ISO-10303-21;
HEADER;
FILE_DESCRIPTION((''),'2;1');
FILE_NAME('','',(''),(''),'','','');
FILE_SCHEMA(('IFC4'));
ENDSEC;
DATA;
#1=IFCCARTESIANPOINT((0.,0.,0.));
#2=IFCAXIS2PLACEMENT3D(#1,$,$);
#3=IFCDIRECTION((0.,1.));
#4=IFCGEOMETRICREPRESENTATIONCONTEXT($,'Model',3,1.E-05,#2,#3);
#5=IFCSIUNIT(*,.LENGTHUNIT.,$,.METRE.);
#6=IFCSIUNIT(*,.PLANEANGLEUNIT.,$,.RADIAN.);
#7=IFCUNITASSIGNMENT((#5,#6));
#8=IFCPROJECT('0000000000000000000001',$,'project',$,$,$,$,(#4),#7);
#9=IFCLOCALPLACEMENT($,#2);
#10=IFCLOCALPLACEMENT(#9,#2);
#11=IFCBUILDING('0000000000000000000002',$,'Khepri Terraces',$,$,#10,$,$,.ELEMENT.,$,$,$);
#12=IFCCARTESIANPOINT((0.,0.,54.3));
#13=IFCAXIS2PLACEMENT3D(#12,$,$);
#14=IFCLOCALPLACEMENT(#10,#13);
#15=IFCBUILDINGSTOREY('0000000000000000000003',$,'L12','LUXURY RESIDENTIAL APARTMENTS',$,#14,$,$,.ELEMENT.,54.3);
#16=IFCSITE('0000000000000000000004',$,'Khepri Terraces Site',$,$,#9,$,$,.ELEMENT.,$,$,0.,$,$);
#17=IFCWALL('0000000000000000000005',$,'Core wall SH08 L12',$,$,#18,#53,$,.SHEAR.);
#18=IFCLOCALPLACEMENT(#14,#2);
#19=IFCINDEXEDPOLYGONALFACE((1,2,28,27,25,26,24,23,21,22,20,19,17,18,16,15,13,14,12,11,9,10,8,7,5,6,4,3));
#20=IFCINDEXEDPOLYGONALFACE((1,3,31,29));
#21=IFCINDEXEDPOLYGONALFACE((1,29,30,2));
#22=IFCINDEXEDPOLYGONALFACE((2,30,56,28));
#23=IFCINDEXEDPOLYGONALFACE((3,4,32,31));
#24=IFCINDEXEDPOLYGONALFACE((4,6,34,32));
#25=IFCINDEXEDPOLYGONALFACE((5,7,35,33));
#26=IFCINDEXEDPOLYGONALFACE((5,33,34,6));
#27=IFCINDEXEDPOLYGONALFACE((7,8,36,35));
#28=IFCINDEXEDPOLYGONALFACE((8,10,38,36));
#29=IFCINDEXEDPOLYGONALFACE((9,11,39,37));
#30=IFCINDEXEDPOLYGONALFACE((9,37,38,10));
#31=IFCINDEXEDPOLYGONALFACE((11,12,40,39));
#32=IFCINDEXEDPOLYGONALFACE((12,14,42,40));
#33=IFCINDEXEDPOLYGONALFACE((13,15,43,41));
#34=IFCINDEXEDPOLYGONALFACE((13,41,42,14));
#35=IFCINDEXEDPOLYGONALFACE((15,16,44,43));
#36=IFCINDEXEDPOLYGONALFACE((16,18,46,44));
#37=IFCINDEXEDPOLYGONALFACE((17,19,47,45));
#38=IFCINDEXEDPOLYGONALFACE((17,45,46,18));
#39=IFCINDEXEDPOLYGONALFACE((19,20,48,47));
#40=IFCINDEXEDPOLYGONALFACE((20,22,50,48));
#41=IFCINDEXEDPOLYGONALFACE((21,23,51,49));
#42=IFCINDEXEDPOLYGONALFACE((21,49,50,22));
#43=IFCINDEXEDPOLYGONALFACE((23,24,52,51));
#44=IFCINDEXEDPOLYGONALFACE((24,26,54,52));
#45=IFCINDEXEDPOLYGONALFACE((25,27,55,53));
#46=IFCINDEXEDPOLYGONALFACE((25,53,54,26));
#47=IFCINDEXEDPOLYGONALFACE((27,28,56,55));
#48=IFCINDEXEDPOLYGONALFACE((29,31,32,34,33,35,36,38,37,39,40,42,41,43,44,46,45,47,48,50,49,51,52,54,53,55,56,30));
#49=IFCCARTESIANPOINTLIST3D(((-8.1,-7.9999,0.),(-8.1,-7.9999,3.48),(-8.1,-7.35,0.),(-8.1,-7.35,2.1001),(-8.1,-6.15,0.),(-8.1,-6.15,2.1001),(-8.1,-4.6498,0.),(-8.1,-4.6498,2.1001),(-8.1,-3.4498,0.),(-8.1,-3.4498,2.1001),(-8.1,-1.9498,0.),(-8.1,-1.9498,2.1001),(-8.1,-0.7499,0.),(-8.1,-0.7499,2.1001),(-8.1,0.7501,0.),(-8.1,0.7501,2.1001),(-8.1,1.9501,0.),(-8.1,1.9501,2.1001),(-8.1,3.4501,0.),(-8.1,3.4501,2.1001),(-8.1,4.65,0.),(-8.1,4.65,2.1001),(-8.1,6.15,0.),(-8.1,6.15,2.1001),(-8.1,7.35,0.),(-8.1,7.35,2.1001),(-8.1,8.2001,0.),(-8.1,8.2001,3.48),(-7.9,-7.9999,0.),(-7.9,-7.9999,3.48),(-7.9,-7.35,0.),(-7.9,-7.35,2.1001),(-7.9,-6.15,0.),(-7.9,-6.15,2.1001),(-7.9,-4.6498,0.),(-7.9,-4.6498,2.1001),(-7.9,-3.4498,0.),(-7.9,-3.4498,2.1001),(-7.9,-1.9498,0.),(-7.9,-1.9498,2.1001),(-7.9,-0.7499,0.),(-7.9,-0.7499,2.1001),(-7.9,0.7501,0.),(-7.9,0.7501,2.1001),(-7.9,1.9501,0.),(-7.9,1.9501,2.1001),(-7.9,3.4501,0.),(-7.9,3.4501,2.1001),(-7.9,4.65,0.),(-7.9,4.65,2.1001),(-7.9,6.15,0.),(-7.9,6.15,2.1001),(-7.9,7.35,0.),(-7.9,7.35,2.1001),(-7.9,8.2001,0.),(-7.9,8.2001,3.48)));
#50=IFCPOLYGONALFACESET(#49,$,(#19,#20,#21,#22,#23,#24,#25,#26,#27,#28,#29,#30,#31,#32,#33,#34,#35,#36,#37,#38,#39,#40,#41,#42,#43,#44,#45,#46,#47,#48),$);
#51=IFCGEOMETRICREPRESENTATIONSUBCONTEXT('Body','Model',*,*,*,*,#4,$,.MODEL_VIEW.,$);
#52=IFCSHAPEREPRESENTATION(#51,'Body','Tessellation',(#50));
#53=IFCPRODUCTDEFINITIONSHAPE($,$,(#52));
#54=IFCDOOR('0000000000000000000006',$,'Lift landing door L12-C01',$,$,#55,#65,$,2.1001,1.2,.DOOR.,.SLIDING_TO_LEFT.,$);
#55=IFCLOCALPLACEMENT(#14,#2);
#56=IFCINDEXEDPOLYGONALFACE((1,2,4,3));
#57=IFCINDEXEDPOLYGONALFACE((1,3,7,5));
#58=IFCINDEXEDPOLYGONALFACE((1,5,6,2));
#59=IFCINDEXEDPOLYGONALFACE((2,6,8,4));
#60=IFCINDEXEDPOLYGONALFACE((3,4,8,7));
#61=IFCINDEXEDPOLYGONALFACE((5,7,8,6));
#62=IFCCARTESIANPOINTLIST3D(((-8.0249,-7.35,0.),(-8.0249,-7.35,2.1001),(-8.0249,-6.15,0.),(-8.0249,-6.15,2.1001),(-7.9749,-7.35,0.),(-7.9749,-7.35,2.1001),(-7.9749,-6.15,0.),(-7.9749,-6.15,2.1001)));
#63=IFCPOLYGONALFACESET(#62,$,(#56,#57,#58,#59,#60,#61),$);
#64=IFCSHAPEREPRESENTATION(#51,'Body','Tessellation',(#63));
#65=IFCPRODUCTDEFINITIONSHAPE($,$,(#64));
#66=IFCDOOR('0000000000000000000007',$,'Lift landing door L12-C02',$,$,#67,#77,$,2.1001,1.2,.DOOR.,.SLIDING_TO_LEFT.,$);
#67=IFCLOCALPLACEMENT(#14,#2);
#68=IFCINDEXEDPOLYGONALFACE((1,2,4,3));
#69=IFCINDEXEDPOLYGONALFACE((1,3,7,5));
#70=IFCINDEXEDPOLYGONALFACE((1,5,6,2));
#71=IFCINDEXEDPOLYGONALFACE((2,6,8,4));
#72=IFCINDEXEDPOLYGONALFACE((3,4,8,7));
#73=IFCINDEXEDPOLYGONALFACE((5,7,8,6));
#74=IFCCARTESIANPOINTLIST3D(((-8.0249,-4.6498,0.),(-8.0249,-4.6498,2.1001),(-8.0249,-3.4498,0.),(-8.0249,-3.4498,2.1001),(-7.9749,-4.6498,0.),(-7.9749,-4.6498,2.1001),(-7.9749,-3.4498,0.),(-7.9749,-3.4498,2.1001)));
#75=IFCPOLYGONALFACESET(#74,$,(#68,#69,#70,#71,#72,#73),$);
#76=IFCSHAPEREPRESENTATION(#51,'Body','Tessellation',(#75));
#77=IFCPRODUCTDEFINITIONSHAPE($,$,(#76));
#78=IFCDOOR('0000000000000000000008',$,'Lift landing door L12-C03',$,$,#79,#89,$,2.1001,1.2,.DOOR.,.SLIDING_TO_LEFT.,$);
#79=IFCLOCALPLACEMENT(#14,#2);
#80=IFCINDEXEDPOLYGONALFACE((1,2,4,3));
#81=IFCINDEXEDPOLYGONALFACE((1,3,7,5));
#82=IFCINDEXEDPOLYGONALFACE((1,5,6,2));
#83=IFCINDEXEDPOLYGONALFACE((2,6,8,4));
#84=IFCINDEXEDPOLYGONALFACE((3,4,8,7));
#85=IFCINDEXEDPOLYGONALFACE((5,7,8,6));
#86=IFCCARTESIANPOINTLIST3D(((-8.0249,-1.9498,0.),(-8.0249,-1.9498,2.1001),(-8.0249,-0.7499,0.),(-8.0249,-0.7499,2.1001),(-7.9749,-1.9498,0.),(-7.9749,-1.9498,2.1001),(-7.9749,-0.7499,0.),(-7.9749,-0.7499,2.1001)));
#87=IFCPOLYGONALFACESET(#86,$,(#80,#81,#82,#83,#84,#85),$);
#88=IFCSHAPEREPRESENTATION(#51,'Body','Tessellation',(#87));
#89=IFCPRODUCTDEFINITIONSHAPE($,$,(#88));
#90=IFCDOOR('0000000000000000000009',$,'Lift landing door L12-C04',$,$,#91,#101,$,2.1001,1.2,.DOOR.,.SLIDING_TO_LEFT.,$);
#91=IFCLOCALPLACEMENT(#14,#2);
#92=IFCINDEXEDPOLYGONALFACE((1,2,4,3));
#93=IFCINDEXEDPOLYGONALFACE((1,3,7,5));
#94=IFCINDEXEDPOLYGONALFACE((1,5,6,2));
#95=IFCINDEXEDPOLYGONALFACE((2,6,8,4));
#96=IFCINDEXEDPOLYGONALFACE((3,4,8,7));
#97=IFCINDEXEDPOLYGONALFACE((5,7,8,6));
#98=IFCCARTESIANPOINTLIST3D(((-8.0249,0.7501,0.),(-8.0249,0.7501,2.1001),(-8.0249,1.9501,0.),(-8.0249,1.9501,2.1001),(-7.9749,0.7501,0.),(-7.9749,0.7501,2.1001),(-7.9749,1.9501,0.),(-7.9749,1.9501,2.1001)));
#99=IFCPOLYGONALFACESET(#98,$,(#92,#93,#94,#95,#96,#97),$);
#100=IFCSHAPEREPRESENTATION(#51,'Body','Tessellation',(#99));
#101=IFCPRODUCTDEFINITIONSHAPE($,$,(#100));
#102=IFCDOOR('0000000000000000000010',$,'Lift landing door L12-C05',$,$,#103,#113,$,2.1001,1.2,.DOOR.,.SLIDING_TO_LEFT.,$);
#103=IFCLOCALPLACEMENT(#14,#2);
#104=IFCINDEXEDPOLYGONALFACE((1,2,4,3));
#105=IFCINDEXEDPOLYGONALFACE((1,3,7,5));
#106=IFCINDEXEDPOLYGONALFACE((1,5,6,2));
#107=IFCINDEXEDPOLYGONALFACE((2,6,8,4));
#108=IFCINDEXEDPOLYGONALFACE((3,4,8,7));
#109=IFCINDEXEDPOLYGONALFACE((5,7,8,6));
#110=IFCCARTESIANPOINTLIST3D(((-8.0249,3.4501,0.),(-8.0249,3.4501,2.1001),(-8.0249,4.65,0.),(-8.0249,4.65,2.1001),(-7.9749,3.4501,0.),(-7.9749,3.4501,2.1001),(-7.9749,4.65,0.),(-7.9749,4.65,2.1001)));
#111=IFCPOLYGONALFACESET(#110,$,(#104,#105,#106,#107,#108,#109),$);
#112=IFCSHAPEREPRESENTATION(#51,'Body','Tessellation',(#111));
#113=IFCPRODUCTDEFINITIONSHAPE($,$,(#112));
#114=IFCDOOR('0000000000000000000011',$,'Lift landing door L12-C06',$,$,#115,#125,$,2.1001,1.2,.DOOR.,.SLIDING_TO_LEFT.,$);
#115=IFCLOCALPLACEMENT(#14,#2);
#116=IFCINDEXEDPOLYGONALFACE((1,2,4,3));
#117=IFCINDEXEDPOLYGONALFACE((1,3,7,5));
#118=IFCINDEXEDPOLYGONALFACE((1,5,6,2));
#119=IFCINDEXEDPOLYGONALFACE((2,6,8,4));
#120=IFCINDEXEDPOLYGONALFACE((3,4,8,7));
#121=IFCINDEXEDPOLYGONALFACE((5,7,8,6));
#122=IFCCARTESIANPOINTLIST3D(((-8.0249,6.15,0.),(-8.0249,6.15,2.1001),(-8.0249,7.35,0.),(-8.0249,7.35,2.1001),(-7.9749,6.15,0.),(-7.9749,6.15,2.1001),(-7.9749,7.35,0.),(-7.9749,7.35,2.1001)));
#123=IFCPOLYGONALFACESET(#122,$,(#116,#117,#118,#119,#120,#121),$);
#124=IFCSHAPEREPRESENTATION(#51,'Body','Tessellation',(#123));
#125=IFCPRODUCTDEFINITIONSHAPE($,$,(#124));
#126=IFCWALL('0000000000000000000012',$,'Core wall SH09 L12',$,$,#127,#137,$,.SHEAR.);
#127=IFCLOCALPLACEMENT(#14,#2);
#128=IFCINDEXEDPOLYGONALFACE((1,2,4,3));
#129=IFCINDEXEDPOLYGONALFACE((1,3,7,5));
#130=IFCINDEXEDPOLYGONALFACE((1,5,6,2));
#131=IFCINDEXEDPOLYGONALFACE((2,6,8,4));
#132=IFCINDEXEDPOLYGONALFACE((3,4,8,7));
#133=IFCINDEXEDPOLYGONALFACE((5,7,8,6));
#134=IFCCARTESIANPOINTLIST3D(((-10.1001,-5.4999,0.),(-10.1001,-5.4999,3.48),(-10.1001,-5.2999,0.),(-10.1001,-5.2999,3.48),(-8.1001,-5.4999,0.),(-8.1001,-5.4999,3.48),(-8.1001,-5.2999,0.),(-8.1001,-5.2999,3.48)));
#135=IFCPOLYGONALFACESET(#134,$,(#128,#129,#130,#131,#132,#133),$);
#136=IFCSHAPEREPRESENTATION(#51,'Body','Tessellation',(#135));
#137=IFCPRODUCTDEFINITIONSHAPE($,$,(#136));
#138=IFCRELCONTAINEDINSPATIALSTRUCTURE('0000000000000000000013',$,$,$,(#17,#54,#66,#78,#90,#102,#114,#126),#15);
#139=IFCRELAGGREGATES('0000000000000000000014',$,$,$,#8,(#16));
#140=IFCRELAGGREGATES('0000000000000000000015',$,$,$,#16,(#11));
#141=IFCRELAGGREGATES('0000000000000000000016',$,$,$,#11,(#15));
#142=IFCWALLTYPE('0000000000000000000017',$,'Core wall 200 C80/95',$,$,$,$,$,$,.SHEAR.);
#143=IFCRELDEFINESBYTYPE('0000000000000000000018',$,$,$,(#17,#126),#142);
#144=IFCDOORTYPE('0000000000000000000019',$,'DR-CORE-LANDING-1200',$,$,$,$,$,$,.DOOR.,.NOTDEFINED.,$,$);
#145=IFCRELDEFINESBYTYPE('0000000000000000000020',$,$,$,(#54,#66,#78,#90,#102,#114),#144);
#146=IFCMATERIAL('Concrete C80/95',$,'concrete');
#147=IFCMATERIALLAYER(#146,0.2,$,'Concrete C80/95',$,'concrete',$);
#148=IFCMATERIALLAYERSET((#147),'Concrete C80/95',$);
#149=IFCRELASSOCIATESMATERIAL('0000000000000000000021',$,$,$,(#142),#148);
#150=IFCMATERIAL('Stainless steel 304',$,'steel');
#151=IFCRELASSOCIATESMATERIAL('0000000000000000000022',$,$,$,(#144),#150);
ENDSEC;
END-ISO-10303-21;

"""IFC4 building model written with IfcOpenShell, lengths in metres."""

from ifc_helpers import new_model, si_unit, direction, frame, frame_2d, origin, place, context, subcontext, project, spatial, rectangle, extrude, material, layer, layer_set, type_object, element, fill, save


model = new_model("IFC4")

# Units and contexts
model_context = context("Model", 3, precision=1e-05, world=origin(), true_north=direction((0.0, 1.0)))
body_context = subcontext(model_context, "Body", "Model", "MODEL_VIEW")
ifc_project = project(units=[si_unit("LENGTHUNIT", "METRE"), si_unit("PLANEANGLEUNIT", "RADIAN")], contexts=[model_context])

# Site, building, storey
site_placement = place(None, origin())
site = spatial("IfcSite", under=ifc_project, at=site_placement, Name="Khepri Terraces Site", CompositionType="ELEMENT", RefElevation=0.0)
building_placement = place(site_placement, origin())
building = spatial("IfcBuilding", under=site, at=building_placement, Name="Khepri Terraces", CompositionType="ELEMENT")
storey_placement = place(building_placement, frame((0.0, 0.0, 54.3)))
storey = spatial("IfcBuildingStorey", under=building, at=storey_placement, Name="L12", Description="LUXURY RESIDENTIAL APARTMENTS", CompositionType="ELEMENT", Elevation=54.3)

# Shared definitions
ifc_material_1 = material(Name="Concrete C80/95", Category="concrete")
ifc_layer_1 = layer(ifc_material_1, 0.2, Name="Concrete C80/95", Category="concrete")
ifc_layer_set_1 = layer_set([ifc_layer_1], Name="Concrete C80/95")
wall_type_1 = type_object("IfcWallType", Name="Core wall 200 C80/95", PredefinedType="SHEAR", material=ifc_layer_set_1)

# Wall, openings, doors
wall_1_placement = place(storey_placement, frame((-8.0, -8.0, 0.0), z_axis=(0.0, 0.0, 1.0), x_axis=(0.0, 1.0, 0.0)))
wall_1 = element("IfcWall", 1, at=wall_1_placement, inside=storey, type_object=wall_type_1, Name="Core wall SH08 L12", PredefinedType="SHEAR", context=body_context, shape_type="SweptSolid", body=[
    extrude(rectangle(XDim=16.2, YDim=0.2, at=frame_2d((8.1001, 0.0))), origin(), (0.0, 0.0, 1.0), 3.48),
])
opening_1_placement = place(wall_1_placement, frame((0.6499, 0.0, 0.0)))
opening_1 = element("IfcOpeningElement", 2, at=opening_1_placement, cuts=wall_1, PredefinedType="OPENING", context=body_context, shape_type="SweptSolid", body=[
    extrude(rectangle(XDim=1.2, YDim=2.1001, at=frame_2d((0.6001, 1.05))), frame((0.0, 0.1099, 0.0), z_axis=(0.0, -1.0, 0.0), x_axis=(1.0, 0.0, 0.0)), (0.0, 0.0, 1.0), 0.22),
])
opening_2_placement = place(wall_1_placement, frame((3.3501, 0.0, 0.0)))
opening_2 = element("IfcOpeningElement", 3, at=opening_2_placement, cuts=wall_1, PredefinedType="OPENING", context=body_context, shape_type="SweptSolid", body=[
    extrude(rectangle(XDim=1.2, YDim=2.1001, at=frame_2d((0.6001, 1.05))), frame((0.0, 0.1099, 0.0), z_axis=(0.0, -1.0, 0.0), x_axis=(1.0, 0.0, 0.0)), (0.0, 0.0, 1.0), 0.22),
])
opening_3_placement = place(wall_1_placement, frame((6.05, 0.0, 0.0)))
opening_3 = element("IfcOpeningElement", 4, at=opening_3_placement, cuts=wall_1, PredefinedType="OPENING", context=body_context, shape_type="SweptSolid", body=[
    extrude(rectangle(XDim=1.2, YDim=2.1001, at=frame_2d((0.6001, 1.05))), frame((0.0, 0.1099, 0.0), z_axis=(0.0, -1.0, 0.0), x_axis=(1.0, 0.0, 0.0)), (0.0, 0.0, 1.0), 0.22),
])
opening_4_placement = place(wall_1_placement, frame((8.75, 0.0, 0.0)))
opening_4 = element("IfcOpeningElement", 5, at=opening_4_placement, cuts=wall_1, PredefinedType="OPENING", context=body_context, shape_type="SweptSolid", body=[
    extrude(rectangle(XDim=1.2, YDim=2.1001, at=frame_2d((0.6001, 1.05))), frame((0.0, 0.1099, 0.0), z_axis=(0.0, -1.0, 0.0), x_axis=(1.0, 0.0, 0.0)), (0.0, 0.0, 1.0), 0.22),
])
opening_5_placement = place(wall_1_placement, frame((11.45, 0.0, 0.0)))
opening_5 = element("IfcOpeningElement", 6, at=opening_5_placement, cuts=wall_1, PredefinedType="OPENING", context=body_context, shape_type="SweptSolid", body=[
    extrude(rectangle(XDim=1.2, YDim=2.1001, at=frame_2d((0.6001, 1.05))), frame((0.0, 0.1099, 0.0), z_axis=(0.0, -1.0, 0.0), x_axis=(1.0, 0.0, 0.0)), (0.0, 0.0, 1.0), 0.22),
])
opening_6_placement = place(wall_1_placement, frame((14.1499, 0.0, 0.0)))
opening_6 = element("IfcOpeningElement", 7, at=opening_6_placement, cuts=wall_1, PredefinedType="OPENING", context=body_context, shape_type="SweptSolid", body=[
    extrude(rectangle(XDim=1.2, YDim=2.1001, at=frame_2d((0.6001, 1.05))), frame((0.0, 0.1099, 0.0), z_axis=(0.0, -1.0, 0.0), x_axis=(1.0, 0.0, 0.0)), (0.0, 0.0, 1.0), 0.22),
])
ifc_material_2 = material(Name="Stainless steel 304", Category="steel")
door_type_1 = type_object("IfcDoorType", Name="DR-CORE-LANDING-1200", OperationType="NOTDEFINED", PredefinedType="DOOR", material=ifc_material_2)
door_1_placement = place(opening_1_placement, origin())
door_1 = element("IfcDoor", 8, at=door_1_placement, inside=storey, type_object=door_type_1, Name="Lift landing door L12-C01", OperationType="SLIDING_TO_LEFT", OverallHeight=2.1001, OverallWidth=1.2, PredefinedType="DOOR", context=body_context, shape_type="SweptSolid", body=[
    extrude(rectangle(XDim=1.2, YDim=2.1001, at=frame_2d((0.6001, 1.05))), frame((0.0, 0.0249, 0.0), z_axis=(0.0, -1.0, 0.0), x_axis=(1.0, 0.0, 0.0)), (0.0, 0.0, 1.0), 0.05),
])
fill(opening_1, door_1)
door_2_placement = place(opening_2_placement, origin())
door_2 = element("IfcDoor", 9, at=door_2_placement, inside=storey, type_object=door_type_1, Name="Lift landing door L12-C02", OperationType="SLIDING_TO_LEFT", OverallHeight=2.1001, OverallWidth=1.2, PredefinedType="DOOR", context=body_context, shape_type="SweptSolid", body=[
    extrude(rectangle(XDim=1.2, YDim=2.1001, at=frame_2d((0.6001, 1.05))), frame((0.0, 0.0249, 0.0), z_axis=(0.0, -1.0, 0.0), x_axis=(1.0, 0.0, 0.0)), (0.0, 0.0, 1.0), 0.05),
])
fill(opening_2, door_2)
door_3_placement = place(opening_3_placement, origin())
door_3 = element("IfcDoor", 10, at=door_3_placement, inside=storey, type_object=door_type_1, Name="Lift landing door L12-C03", OperationType="SLIDING_TO_LEFT", OverallHeight=2.1001, OverallWidth=1.2, PredefinedType="DOOR", context=body_context, shape_type="SweptSolid", body=[
    extrude(rectangle(XDim=1.2, YDim=2.1001, at=frame_2d((0.6001, 1.05))), frame((0.0, 0.0249, 0.0), z_axis=(0.0, -1.0, 0.0), x_axis=(1.0, 0.0, 0.0)), (0.0, 0.0, 1.0), 0.05),
])
fill(opening_3, door_3)
door_4_placement = place(opening_4_placement, origin())
door_4 = element("IfcDoor", 11, at=door_4_placement, inside=storey, type_object=door_type_1, Name="Lift landing door L12-C04", OperationType="SLIDING_TO_LEFT", OverallHeight=2.1001, OverallWidth=1.2, PredefinedType="DOOR", context=body_context, shape_type="SweptSolid", body=[
    extrude(rectangle(XDim=1.2, YDim=2.1001, at=frame_2d((0.6001, 1.05))), frame((0.0, 0.0249, 0.0), z_axis=(0.0, -1.0, 0.0), x_axis=(1.0, 0.0, 0.0)), (0.0, 0.0, 1.0), 0.05),
])
fill(opening_4, door_4)
door_5_placement = place(opening_5_placement, origin())
door_5 = element("IfcDoor", 12, at=door_5_placement, inside=storey, type_object=door_type_1, Name="Lift landing door L12-C05", OperationType="SLIDING_TO_LEFT", OverallHeight=2.1001, OverallWidth=1.2, PredefinedType="DOOR", context=body_context, shape_type="SweptSolid", body=[
    extrude(rectangle(XDim=1.2, YDim=2.1001, at=frame_2d((0.6001, 1.05))), frame((0.0, 0.0249, 0.0), z_axis=(0.0, -1.0, 0.0), x_axis=(1.0, 0.0, 0.0)), (0.0, 0.0, 1.0), 0.05),
])
fill(opening_5, door_5)
door_6_placement = place(opening_6_placement, origin())
door_6 = element("IfcDoor", 13, at=door_6_placement, inside=storey, type_object=door_type_1, Name="Lift landing door L12-C06", OperationType="SLIDING_TO_LEFT", OverallHeight=2.1001, OverallWidth=1.2, PredefinedType="DOOR", context=body_context, shape_type="SweptSolid", body=[
    extrude(rectangle(XDim=1.2, YDim=2.1001, at=frame_2d((0.6001, 1.05))), frame((0.0, 0.0249, 0.0), z_axis=(0.0, -1.0, 0.0), x_axis=(1.0, 0.0, 0.0)), (0.0, 0.0, 1.0), 0.05),
])
fill(opening_6, door_6)

# Wall
wall_2_placement = place(storey_placement, frame((-10.1001, -5.3999, 0.0), z_axis=(0.0, 0.0, 1.0), x_axis=(1.0, 0.0, 0.0)))
element("IfcWall", 14, at=wall_2_placement, inside=storey, type_object=wall_type_1, Name="Core wall SH09 L12", PredefinedType="SHEAR", context=body_context, shape_type="SweptSolid", body=[
    extrude(rectangle(XDim=2.0, YDim=0.2, at=frame_2d((1.0, 0.0))), origin(), (0.0, 0.0, 1.0), 3.48),
])

save(model, "model.ifc")
